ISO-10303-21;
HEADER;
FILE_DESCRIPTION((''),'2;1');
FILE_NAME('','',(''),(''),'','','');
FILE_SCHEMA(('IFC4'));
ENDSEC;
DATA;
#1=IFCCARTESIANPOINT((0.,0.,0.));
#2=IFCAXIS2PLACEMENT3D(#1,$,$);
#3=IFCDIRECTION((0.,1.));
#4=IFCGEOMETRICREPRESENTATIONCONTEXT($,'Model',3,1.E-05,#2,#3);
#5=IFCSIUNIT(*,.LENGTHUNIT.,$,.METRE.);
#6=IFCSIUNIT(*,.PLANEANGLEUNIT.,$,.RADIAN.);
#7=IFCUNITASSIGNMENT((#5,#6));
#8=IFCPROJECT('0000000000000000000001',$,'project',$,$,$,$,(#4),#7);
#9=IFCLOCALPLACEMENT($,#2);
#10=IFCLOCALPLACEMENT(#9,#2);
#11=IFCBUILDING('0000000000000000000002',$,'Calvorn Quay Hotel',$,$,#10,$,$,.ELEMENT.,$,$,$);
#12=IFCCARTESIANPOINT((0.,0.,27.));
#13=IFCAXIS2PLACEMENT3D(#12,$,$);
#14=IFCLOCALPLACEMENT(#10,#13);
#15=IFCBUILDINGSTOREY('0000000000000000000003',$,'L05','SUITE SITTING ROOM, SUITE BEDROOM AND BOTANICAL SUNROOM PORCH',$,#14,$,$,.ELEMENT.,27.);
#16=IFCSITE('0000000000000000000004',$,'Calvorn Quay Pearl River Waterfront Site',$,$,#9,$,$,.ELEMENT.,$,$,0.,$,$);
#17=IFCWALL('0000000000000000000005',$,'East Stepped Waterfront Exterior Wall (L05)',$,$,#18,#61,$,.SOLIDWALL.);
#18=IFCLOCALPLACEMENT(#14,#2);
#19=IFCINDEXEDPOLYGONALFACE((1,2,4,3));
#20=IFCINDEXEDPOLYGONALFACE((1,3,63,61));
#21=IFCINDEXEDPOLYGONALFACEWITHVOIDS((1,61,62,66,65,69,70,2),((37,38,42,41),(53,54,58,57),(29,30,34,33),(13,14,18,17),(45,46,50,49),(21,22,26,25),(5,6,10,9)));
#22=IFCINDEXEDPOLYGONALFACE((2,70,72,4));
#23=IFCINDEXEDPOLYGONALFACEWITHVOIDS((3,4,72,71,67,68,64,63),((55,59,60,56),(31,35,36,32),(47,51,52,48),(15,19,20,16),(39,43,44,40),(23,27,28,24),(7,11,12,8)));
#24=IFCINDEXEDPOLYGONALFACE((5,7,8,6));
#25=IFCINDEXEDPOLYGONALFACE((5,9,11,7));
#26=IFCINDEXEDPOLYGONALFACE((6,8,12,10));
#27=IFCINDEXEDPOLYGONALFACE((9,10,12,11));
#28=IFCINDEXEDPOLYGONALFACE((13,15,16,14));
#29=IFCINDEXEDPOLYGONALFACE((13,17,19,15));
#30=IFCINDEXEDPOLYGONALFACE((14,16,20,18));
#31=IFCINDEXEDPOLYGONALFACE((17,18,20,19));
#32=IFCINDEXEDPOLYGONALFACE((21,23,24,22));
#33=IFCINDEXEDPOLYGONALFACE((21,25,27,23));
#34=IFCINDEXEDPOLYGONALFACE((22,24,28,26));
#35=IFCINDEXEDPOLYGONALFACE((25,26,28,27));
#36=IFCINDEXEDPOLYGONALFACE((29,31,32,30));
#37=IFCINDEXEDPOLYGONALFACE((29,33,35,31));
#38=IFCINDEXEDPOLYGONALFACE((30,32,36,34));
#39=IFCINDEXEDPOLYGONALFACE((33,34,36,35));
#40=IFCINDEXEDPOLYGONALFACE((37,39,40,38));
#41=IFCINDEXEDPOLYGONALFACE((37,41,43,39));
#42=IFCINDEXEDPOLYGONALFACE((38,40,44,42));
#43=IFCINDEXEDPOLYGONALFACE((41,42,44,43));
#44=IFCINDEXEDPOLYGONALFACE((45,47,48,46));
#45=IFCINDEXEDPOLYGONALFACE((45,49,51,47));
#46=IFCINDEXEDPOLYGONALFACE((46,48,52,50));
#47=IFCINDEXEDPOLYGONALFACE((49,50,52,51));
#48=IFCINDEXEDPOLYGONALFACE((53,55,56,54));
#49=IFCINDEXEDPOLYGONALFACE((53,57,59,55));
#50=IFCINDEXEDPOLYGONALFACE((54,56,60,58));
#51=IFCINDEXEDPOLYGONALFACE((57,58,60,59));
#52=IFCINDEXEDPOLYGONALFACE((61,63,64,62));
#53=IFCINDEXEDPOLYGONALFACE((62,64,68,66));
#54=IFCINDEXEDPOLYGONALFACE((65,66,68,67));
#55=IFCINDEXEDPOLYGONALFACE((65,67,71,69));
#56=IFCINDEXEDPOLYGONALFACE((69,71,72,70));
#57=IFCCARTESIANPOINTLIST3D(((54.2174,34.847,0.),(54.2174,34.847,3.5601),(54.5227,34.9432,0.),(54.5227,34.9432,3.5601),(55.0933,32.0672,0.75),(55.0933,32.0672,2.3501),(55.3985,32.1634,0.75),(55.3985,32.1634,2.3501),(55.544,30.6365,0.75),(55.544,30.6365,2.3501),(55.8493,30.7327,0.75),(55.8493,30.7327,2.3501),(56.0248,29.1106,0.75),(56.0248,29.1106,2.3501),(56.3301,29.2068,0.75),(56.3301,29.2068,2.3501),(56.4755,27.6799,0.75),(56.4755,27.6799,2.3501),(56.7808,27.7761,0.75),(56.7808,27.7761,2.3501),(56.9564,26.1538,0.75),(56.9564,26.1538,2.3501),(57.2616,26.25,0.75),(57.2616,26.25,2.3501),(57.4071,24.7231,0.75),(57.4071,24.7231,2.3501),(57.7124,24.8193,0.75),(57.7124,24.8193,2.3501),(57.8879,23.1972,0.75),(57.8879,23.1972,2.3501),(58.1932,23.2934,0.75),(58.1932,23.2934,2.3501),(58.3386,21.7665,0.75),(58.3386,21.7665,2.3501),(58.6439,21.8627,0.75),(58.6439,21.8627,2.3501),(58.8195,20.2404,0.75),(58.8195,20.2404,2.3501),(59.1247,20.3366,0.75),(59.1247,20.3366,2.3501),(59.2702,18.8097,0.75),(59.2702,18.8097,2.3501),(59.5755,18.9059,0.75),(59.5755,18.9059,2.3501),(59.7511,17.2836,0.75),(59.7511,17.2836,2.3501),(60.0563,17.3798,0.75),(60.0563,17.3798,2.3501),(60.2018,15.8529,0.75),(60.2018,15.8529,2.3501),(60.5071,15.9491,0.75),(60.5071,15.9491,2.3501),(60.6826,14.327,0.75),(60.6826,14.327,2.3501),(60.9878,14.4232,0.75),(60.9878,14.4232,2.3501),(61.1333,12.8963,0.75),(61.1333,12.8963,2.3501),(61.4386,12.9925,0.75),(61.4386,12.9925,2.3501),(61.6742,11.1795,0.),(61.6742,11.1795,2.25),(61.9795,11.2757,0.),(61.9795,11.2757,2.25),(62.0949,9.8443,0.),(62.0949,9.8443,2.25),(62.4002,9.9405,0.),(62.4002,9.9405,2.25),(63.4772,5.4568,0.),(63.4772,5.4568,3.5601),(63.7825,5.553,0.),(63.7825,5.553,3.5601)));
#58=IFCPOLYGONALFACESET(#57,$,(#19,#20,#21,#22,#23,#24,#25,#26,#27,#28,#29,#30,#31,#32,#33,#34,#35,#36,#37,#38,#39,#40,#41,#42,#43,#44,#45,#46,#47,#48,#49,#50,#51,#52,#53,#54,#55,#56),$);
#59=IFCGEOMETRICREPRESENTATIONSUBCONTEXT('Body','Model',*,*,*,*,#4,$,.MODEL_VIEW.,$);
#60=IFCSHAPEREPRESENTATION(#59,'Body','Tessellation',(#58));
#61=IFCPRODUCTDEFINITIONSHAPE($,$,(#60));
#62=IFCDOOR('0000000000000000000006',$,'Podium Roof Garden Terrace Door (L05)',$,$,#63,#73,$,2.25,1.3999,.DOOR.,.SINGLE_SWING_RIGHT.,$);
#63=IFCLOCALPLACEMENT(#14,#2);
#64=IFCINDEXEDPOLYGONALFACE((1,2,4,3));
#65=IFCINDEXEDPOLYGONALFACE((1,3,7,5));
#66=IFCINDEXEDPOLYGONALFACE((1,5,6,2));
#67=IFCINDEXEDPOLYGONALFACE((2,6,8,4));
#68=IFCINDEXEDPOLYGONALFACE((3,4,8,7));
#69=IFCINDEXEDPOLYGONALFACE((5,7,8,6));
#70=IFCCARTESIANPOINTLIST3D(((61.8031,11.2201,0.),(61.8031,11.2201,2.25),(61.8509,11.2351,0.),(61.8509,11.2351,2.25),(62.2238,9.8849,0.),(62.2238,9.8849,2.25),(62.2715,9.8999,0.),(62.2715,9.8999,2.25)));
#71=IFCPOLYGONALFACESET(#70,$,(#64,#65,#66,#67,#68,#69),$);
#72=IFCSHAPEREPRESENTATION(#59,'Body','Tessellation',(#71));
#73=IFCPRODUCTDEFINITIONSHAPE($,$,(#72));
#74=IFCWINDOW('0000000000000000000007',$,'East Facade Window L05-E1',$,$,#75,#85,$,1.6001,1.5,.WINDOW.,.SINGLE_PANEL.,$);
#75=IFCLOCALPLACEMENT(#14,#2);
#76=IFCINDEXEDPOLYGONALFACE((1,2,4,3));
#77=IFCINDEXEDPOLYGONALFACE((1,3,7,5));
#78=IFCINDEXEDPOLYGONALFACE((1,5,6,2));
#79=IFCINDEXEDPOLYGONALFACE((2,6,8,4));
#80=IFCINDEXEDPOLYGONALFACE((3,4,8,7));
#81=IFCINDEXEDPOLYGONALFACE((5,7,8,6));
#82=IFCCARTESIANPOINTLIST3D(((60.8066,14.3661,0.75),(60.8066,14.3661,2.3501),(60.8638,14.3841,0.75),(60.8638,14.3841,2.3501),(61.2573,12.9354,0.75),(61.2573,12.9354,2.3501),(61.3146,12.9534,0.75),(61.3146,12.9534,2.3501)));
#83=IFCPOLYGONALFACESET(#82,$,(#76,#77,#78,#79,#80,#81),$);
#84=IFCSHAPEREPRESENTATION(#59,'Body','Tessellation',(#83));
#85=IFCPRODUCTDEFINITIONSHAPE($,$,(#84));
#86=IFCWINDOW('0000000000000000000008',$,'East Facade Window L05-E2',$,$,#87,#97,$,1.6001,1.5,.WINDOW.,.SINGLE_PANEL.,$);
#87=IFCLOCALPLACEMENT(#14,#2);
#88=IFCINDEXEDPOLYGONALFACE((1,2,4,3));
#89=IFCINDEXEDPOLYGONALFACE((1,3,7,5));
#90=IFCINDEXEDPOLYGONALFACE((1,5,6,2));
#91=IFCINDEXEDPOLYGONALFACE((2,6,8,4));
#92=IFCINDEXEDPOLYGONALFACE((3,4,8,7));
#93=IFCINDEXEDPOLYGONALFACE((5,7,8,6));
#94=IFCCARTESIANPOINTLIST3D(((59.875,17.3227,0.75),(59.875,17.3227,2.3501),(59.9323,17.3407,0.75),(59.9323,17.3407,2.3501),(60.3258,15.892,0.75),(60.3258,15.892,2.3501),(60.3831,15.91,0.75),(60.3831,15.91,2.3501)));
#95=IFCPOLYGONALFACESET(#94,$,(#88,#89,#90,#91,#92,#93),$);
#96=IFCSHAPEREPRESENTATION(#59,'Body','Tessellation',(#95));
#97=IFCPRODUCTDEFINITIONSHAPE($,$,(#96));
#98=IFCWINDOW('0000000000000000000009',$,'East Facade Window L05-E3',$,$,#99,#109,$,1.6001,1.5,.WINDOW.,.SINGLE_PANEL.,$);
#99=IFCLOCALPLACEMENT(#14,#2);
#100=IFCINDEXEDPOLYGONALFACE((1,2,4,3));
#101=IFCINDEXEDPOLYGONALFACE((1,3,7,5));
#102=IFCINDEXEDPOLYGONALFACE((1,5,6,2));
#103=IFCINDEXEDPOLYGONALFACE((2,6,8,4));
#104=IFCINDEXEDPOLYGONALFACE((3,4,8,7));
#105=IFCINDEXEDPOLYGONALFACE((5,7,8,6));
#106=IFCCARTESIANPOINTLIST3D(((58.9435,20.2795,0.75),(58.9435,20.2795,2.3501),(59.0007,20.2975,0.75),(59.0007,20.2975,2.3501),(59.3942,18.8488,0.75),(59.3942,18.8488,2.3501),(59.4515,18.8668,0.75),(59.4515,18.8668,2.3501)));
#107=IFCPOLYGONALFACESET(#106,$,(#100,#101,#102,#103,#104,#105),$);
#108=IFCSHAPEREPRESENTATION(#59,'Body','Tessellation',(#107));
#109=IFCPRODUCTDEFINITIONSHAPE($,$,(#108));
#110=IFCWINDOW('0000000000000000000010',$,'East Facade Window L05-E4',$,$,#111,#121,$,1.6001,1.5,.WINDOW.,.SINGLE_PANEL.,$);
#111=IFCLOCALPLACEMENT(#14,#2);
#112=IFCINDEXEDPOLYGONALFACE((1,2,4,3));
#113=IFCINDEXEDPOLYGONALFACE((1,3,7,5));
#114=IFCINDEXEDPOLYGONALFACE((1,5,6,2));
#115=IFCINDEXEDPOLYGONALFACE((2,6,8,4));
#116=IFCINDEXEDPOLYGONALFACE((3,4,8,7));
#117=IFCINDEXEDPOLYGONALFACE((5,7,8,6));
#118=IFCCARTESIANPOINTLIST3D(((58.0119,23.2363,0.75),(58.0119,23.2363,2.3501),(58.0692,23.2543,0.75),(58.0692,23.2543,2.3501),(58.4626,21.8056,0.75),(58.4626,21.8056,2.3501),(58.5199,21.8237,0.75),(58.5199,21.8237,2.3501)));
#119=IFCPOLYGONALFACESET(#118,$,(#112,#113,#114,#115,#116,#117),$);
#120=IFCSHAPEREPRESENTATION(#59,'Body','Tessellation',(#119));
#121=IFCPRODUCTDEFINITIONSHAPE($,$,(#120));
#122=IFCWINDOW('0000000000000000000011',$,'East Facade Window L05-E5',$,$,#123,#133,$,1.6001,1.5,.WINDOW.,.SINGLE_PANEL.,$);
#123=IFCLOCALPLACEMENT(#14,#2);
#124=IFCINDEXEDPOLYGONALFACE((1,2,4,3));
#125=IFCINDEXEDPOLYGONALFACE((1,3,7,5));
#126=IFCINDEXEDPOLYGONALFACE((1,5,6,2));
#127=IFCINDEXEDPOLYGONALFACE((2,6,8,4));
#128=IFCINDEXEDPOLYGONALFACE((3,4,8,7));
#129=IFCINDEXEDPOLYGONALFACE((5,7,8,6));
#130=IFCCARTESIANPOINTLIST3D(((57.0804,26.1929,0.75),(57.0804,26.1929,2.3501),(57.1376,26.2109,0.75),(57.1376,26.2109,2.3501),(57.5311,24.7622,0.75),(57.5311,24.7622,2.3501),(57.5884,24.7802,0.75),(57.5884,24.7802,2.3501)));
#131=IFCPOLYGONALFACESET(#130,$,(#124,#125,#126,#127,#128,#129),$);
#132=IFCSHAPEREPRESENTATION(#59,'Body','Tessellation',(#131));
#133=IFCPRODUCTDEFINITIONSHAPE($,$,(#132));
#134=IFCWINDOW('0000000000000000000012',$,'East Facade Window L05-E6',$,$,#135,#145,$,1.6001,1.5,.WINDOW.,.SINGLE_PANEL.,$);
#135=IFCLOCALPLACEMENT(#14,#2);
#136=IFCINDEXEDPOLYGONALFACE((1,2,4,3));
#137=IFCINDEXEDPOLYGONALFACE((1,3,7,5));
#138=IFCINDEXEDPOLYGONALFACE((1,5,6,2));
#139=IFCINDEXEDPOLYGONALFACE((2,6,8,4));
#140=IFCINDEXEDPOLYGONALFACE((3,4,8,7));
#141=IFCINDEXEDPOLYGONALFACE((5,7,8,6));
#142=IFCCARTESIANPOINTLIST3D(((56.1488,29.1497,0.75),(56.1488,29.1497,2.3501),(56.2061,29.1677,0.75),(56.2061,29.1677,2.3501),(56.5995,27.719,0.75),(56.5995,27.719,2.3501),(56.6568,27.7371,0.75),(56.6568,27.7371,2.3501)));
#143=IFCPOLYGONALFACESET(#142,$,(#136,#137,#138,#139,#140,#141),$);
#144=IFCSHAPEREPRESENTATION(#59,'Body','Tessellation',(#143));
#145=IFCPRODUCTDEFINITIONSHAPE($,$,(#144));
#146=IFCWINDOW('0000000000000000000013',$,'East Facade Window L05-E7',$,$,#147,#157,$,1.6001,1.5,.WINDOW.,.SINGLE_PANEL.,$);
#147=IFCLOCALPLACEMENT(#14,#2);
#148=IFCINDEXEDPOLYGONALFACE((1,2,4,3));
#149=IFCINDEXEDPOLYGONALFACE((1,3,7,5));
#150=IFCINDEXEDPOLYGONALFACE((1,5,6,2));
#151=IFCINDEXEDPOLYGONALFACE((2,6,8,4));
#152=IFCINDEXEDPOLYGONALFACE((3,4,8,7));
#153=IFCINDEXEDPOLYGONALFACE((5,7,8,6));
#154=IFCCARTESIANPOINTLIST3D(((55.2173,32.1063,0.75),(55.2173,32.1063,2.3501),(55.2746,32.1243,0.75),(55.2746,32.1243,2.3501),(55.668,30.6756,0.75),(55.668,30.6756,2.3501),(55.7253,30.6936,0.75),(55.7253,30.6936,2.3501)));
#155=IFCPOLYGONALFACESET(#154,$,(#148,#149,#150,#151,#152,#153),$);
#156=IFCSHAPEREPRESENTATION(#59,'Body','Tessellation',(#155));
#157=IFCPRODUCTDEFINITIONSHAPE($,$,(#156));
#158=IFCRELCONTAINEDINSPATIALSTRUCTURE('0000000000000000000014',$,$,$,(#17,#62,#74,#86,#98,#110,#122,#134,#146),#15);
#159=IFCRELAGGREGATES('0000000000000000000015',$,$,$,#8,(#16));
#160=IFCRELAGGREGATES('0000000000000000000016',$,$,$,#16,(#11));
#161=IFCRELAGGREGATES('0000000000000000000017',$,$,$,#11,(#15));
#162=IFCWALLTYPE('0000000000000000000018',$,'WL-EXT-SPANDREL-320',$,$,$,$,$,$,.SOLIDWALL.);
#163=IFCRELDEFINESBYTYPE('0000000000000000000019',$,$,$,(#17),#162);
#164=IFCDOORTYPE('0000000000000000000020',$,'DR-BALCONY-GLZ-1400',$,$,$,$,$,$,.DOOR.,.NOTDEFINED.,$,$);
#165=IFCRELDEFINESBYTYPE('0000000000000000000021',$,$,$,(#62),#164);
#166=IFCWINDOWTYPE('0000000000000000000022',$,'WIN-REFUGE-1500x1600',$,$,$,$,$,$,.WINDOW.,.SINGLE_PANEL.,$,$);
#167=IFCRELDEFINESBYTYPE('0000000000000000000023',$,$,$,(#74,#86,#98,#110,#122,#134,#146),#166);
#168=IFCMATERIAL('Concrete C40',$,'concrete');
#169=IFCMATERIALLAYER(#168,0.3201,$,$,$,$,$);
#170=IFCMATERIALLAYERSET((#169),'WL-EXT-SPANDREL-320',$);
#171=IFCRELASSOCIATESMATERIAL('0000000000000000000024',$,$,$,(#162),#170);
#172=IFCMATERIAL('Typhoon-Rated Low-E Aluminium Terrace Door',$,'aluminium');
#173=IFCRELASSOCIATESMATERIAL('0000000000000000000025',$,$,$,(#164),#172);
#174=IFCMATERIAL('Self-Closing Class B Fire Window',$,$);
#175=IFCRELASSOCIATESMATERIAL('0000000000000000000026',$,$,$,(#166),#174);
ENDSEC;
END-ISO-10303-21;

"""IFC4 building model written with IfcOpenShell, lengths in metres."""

from ifc_helpers import new_model, si_unit, direction, frame, frame_2d, origin, place, context, subcontext, project, spatial, rectangle, extrude, material, layer, layer_set, type_object, element, fill, save


model = new_model("IFC4")

# Units and contexts
model_context = context("Model", 3, precision=1e-05, world=origin(), true_north=direction((0.0, 1.0)))
body_context = subcontext(model_context, "Body", "Model", "MODEL_VIEW")
ifc_project = project(units=[si_unit("LENGTHUNIT", "METRE"), si_unit("PLANEANGLEUNIT", "RADIAN")], contexts=[model_context])

# Site, building, storey
site_placement = place(None, origin())
site = spatial("IfcSite", under=ifc_project, at=site_placement, Name="Calvorn Quay Pearl River Waterfront Site", CompositionType="ELEMENT", RefElevation=0.0)
building_placement = place(site_placement, origin())
building = spatial("IfcBuilding", under=site, at=building_placement, Name="Calvorn Quay Hotel", CompositionType="ELEMENT")
storey_placement = place(building_placement, frame((0.0, 0.0, 27.0)))
storey = spatial("IfcBuildingStorey", under=building, at=storey_placement, Name="L05", Description="SUITE SITTING ROOM, SUITE BEDROOM AND BOTANICAL SUNROOM PORCH", CompositionType="ELEMENT", Elevation=27.0)

# Shared definitions
ifc_material_1 = material(Name="Concrete C40", Category="concrete")
ifc_layer_1 = layer(ifc_material_1, 0.3201)
ifc_layer_set_1 = layer_set([ifc_layer_1], Name="WL-EXT-SPANDREL-320")
wall_type_1 = type_object("IfcWallType", Name="WL-EXT-SPANDREL-320", PredefinedType="SOLIDWALL", material=ifc_layer_set_1)

# Wall, openings, door, windows
wall_1_placement = place(storey_placement, frame((63.6299, 5.5049, 0.0), z_axis=(0.0, 0.0, 1.0), x_axis=(-0.300502, 0.953781, 0.0)))
wall_1 = element("IfcWall", 1, at=wall_1_placement, inside=storey, type_object=wall_type_1, Name="East Stepped Waterfront Exterior Wall (L05)", PredefinedType="SOLIDWALL", context=body_context, shape_type="SweptSolid", body=[
    extrude(rectangle(XDim=30.8145, YDim=0.3201, at=frame_2d((15.4072, 0.0))), origin(), (0.0, 0.0, 1.0), 3.5601),
])
opening_1_placement = place(wall_1_placement, frame((4.6001, 0.0, 0.0)))
opening_1 = element("IfcOpeningElement", 2, at=opening_1_placement, cuts=wall_1, PredefinedType="OPENING", context=body_context, shape_type="SweptSolid", body=[
    extrude(rectangle(XDim=1.3999, YDim=2.25, at=frame_2d((0.7, 1.125))), frame((0.0, 0.1699, 0.0), z_axis=(0.0, -1.0, 0.0), x_axis=(1.0, 0.0, 0.0)), (0.0, 0.0, 1.0), 0.3401),
])
opening_2_placement = place(wall_1_placement, frame((7.8, 0.0, 0.75)))
opening_2 = element("IfcOpeningElement", 3, at=opening_2_placement, cuts=wall_1, PredefinedType="OPENING", context=body_context, shape_type="SweptSolid", body=[
    extrude(rectangle(XDim=1.5, YDim=1.6001, at=frame_2d((0.75, 0.8))), frame((0.0, 0.1699, 0.0), z_axis=(0.0, -1.0, 0.0), x_axis=(1.0, 0.0, 0.0)), (0.0, 0.0, 1.0), 0.3401),
])
opening_3_placement = place(wall_1_placement, frame((10.8999, 0.0, 0.75)))
opening_3 = element("IfcOpeningElement", 4, at=opening_3_placement, cuts=wall_1, PredefinedType="OPENING", context=body_context, shape_type="SweptSolid", body=[
    extrude(rectangle(XDim=1.5, YDim=1.6001, at=frame_2d((0.75, 0.8))), frame((0.0, 0.1699, 0.0), z_axis=(0.0, -1.0, 0.0), x_axis=(1.0, 0.0, 0.0)), (0.0, 0.0, 1.0), 0.3401),
])
opening_4_placement = place(wall_1_placement, frame((14.0, 0.0, 0.75)))
opening_4 = element("IfcOpeningElement", 5, at=opening_4_placement, cuts=wall_1, PredefinedType="OPENING", context=body_context, shape_type="SweptSolid", body=[
    extrude(rectangle(XDim=1.5, YDim=1.6001, at=frame_2d((0.75, 0.8))), frame((0.0, 0.1699, 0.0), z_axis=(0.0, -1.0, 0.0), x_axis=(1.0, 0.0, 0.0)), (0.0, 0.0, 1.0), 0.3401),
])
opening_5_placement = place(wall_1_placement, frame((17.1001, 0.0, 0.75)))
opening_5 = element("IfcOpeningElement", 6, at=opening_5_placement, cuts=wall_1, PredefinedType="OPENING", context=body_context, shape_type="SweptSolid", body=[
    extrude(rectangle(XDim=1.5, YDim=1.6001, at=frame_2d((0.75, 0.8))), frame((0.0, 0.1699, 0.0), z_axis=(0.0, -1.0, 0.0), x_axis=(1.0, 0.0, 0.0)), (0.0, 0.0, 1.0), 0.3401),
])
opening_6_placement = place(wall_1_placement, frame((20.2, 0.0, 0.75)))
opening_6 = element("IfcOpeningElement", 7, at=opening_6_placement, cuts=wall_1, PredefinedType="OPENING", context=body_context, shape_type="SweptSolid", body=[
    extrude(rectangle(XDim=1.5, YDim=1.6001, at=frame_2d((0.75, 0.8))), frame((0.0, 0.1699, 0.0), z_axis=(0.0, -1.0, 0.0), x_axis=(1.0, 0.0, 0.0)), (0.0, 0.0, 1.0), 0.3401),
])
opening_7_placement = place(wall_1_placement, frame((23.3, 0.0, 0.75)))
opening_7 = element("IfcOpeningElement", 8, at=opening_7_placement, cuts=wall_1, PredefinedType="OPENING", context=body_context, shape_type="SweptSolid", body=[
    extrude(rectangle(XDim=1.5, YDim=1.6001, at=frame_2d((0.75, 0.8))), frame((0.0, 0.1699, 0.0), z_axis=(0.0, -1.0, 0.0), x_axis=(1.0, 0.0, 0.0)), (0.0, 0.0, 1.0), 0.3401),
])
opening_8_placement = place(wall_1_placement, frame((26.3999, 0.0, 0.75)))
opening_8 = element("IfcOpeningElement", 9, at=opening_8_placement, cuts=wall_1, PredefinedType="OPENING", context=body_context, shape_type="SweptSolid", body=[
    extrude(rectangle(XDim=1.5, YDim=1.6001, at=frame_2d((0.75, 0.8))), frame((0.0, 0.1699, 0.0), z_axis=(0.0, -1.0, 0.0), x_axis=(1.0, 0.0, 0.0)), (0.0, 0.0, 1.0), 0.3401),
])
ifc_material_2 = material(Name="Typhoon-Rated Low-E Aluminium Terrace Door", Category="aluminium")
door_type_1 = type_object("IfcDoorType", Name="DR-BALCONY-GLZ-1400", OperationType="NOTDEFINED", PredefinedType="DOOR", material=ifc_material_2)
door_1_placement = place(opening_1_placement, origin())
door_1 = element("IfcDoor", 10, at=door_1_placement, inside=storey, type_object=door_type_1, Name="Podium Roof Garden Terrace Door (L05)", OperationType="SINGLE_SWING_RIGHT", OverallHeight=2.25, OverallWidth=1.3999, PredefinedType="DOOR", context=body_context, shape_type="SweptSolid", body=[
    extrude(rectangle(XDim=1.3999, YDim=2.25, at=frame_2d((0.7, 1.125))), frame((0.0, 0.0249, 0.0), z_axis=(0.0, -1.0, 0.0), x_axis=(1.0, 0.0, 0.0)), (0.0, 0.0, 1.0), 0.05),
])
fill(opening_1, door_1)
ifc_material_3 = material(Name="Self-Closing Class B Fire Window")
window_type = type_object("IfcWindowType", Name="WIN-REFUGE-1500x1600", PartitioningType="SINGLE_PANEL", PredefinedType="WINDOW", material=ifc_material_3)
window_1_placement = place(opening_2_placement, origin())
window_1 = element("IfcWindow", 11, at=window_1_placement, inside=storey, type_object=window_type, Name="East Facade Window L05-E1", OverallHeight=1.6001, OverallWidth=1.5, PartitioningType="SINGLE_PANEL", PredefinedType="WINDOW", context=body_context, shape_type="SweptSolid", body=[
    extrude(rectangle(XDim=1.5, YDim=1.6001, at=frame_2d((0.75, 0.8))), frame((0.0, 0.03, 0.0), z_axis=(0.0, -1.0, 0.0), x_axis=(1.0, 0.0, 0.0)), (0.0, 0.0, 1.0), 0.0601),
])
fill(opening_2, window_1)
window_2_placement = place(opening_3_placement, origin())
window_2 = element("IfcWindow", 12, at=window_2_placement, inside=storey, type_object=window_type, Name="East Facade Window L05-E2", OverallHeight=1.6001, OverallWidth=1.5, PartitioningType="SINGLE_PANEL", PredefinedType="WINDOW", context=body_context, shape_type="SweptSolid", body=[
    extrude(rectangle(XDim=1.5, YDim=1.6001, at=frame_2d((0.75, 0.8))), frame((0.0, 0.03, 0.0), z_axis=(0.0, -1.0, 0.0), x_axis=(1.0, 0.0, 0.0)), (0.0, 0.0, 1.0), 0.0601),
])
fill(opening_3, window_2)
window_3_placement = place(opening_4_placement, origin())
window_3 = element("IfcWindow", 13, at=window_3_placement, inside=storey, type_object=window_type, Name="East Facade Window L05-E3", OverallHeight=1.6001, OverallWidth=1.5, PartitioningType="SINGLE_PANEL", PredefinedType="WINDOW", context=body_context, shape_type="SweptSolid", body=[
    extrude(rectangle(XDim=1.5, YDim=1.6001, at=frame_2d((0.75, 0.8))), frame((0.0, 0.03, 0.0), z_axis=(0.0, -1.0, 0.0), x_axis=(1.0, 0.0, 0.0)), (0.0, 0.0, 1.0), 0.0601),
])
fill(opening_4, window_3)
window_4_placement = place(opening_5_placement, origin())
window_4 = element("IfcWindow", 14, at=window_4_placement, inside=storey, type_object=window_type, Name="East Facade Window L05-E4", OverallHeight=1.6001, OverallWidth=1.5, PartitioningType="SINGLE_PANEL", PredefinedType="WINDOW", context=body_context, shape_type="SweptSolid", body=[
    extrude(rectangle(XDim=1.5, YDim=1.6001, at=frame_2d((0.75, 0.8))), frame((0.0, 0.03, 0.0), z_axis=(0.0, -1.0, 0.0), x_axis=(1.0, 0.0, 0.0)), (0.0, 0.0, 1.0), 0.0601),
])
fill(opening_5, window_4)
window_5_placement = place(opening_6_placement, origin())
window_5 = element("IfcWindow", 15, at=window_5_placement, inside=storey, type_object=window_type, Name="East Facade Window L05-E5", OverallHeight=1.6001, OverallWidth=1.5, PartitioningType="SINGLE_PANEL", PredefinedType="WINDOW", context=body_context, shape_type="SweptSolid", body=[
    extrude(rectangle(XDim=1.5, YDim=1.6001, at=frame_2d((0.75, 0.8))), frame((0.0, 0.03, 0.0), z_axis=(0.0, -1.0, 0.0), x_axis=(1.0, 0.0, 0.0)), (0.0, 0.0, 1.0), 0.0601),
])
fill(opening_6, window_5)
window_6_placement = place(opening_7_placement, origin())
window_6 = element("IfcWindow", 16, at=window_6_placement, inside=storey, type_object=window_type, Name="East Facade Window L05-E6", OverallHeight=1.6001, OverallWidth=1.5, PartitioningType="SINGLE_PANEL", PredefinedType="WINDOW", context=body_context, shape_type="SweptSolid", body=[
    extrude(rectangle(XDim=1.5, YDim=1.6001, at=frame_2d((0.75, 0.8))), frame((0.0, 0.03, 0.0), z_axis=(0.0, -1.0, 0.0), x_axis=(1.0, 0.0, 0.0)), (0.0, 0.0, 1.0), 0.0601),
])
fill(opening_7, window_6)
window_7_placement = place(opening_8_placement, origin())
window_7 = element("IfcWindow", 17, at=window_7_placement, inside=storey, type_object=window_type, Name="East Facade Window L05-E7", OverallHeight=1.6001, OverallWidth=1.5, PartitioningType="SINGLE_PANEL", PredefinedType="WINDOW", context=body_context, shape_type="SweptSolid", body=[
    extrude(rectangle(XDim=1.5, YDim=1.6001, at=frame_2d((0.75, 0.8))), frame((0.0, 0.03, 0.0), z_axis=(0.0, -1.0, 0.0), x_axis=(1.0, 0.0, 0.0)), (0.0, 0.0, 1.0), 0.0601),
])
fill(opening_8, window_7)

save(model, "model.ifc")
